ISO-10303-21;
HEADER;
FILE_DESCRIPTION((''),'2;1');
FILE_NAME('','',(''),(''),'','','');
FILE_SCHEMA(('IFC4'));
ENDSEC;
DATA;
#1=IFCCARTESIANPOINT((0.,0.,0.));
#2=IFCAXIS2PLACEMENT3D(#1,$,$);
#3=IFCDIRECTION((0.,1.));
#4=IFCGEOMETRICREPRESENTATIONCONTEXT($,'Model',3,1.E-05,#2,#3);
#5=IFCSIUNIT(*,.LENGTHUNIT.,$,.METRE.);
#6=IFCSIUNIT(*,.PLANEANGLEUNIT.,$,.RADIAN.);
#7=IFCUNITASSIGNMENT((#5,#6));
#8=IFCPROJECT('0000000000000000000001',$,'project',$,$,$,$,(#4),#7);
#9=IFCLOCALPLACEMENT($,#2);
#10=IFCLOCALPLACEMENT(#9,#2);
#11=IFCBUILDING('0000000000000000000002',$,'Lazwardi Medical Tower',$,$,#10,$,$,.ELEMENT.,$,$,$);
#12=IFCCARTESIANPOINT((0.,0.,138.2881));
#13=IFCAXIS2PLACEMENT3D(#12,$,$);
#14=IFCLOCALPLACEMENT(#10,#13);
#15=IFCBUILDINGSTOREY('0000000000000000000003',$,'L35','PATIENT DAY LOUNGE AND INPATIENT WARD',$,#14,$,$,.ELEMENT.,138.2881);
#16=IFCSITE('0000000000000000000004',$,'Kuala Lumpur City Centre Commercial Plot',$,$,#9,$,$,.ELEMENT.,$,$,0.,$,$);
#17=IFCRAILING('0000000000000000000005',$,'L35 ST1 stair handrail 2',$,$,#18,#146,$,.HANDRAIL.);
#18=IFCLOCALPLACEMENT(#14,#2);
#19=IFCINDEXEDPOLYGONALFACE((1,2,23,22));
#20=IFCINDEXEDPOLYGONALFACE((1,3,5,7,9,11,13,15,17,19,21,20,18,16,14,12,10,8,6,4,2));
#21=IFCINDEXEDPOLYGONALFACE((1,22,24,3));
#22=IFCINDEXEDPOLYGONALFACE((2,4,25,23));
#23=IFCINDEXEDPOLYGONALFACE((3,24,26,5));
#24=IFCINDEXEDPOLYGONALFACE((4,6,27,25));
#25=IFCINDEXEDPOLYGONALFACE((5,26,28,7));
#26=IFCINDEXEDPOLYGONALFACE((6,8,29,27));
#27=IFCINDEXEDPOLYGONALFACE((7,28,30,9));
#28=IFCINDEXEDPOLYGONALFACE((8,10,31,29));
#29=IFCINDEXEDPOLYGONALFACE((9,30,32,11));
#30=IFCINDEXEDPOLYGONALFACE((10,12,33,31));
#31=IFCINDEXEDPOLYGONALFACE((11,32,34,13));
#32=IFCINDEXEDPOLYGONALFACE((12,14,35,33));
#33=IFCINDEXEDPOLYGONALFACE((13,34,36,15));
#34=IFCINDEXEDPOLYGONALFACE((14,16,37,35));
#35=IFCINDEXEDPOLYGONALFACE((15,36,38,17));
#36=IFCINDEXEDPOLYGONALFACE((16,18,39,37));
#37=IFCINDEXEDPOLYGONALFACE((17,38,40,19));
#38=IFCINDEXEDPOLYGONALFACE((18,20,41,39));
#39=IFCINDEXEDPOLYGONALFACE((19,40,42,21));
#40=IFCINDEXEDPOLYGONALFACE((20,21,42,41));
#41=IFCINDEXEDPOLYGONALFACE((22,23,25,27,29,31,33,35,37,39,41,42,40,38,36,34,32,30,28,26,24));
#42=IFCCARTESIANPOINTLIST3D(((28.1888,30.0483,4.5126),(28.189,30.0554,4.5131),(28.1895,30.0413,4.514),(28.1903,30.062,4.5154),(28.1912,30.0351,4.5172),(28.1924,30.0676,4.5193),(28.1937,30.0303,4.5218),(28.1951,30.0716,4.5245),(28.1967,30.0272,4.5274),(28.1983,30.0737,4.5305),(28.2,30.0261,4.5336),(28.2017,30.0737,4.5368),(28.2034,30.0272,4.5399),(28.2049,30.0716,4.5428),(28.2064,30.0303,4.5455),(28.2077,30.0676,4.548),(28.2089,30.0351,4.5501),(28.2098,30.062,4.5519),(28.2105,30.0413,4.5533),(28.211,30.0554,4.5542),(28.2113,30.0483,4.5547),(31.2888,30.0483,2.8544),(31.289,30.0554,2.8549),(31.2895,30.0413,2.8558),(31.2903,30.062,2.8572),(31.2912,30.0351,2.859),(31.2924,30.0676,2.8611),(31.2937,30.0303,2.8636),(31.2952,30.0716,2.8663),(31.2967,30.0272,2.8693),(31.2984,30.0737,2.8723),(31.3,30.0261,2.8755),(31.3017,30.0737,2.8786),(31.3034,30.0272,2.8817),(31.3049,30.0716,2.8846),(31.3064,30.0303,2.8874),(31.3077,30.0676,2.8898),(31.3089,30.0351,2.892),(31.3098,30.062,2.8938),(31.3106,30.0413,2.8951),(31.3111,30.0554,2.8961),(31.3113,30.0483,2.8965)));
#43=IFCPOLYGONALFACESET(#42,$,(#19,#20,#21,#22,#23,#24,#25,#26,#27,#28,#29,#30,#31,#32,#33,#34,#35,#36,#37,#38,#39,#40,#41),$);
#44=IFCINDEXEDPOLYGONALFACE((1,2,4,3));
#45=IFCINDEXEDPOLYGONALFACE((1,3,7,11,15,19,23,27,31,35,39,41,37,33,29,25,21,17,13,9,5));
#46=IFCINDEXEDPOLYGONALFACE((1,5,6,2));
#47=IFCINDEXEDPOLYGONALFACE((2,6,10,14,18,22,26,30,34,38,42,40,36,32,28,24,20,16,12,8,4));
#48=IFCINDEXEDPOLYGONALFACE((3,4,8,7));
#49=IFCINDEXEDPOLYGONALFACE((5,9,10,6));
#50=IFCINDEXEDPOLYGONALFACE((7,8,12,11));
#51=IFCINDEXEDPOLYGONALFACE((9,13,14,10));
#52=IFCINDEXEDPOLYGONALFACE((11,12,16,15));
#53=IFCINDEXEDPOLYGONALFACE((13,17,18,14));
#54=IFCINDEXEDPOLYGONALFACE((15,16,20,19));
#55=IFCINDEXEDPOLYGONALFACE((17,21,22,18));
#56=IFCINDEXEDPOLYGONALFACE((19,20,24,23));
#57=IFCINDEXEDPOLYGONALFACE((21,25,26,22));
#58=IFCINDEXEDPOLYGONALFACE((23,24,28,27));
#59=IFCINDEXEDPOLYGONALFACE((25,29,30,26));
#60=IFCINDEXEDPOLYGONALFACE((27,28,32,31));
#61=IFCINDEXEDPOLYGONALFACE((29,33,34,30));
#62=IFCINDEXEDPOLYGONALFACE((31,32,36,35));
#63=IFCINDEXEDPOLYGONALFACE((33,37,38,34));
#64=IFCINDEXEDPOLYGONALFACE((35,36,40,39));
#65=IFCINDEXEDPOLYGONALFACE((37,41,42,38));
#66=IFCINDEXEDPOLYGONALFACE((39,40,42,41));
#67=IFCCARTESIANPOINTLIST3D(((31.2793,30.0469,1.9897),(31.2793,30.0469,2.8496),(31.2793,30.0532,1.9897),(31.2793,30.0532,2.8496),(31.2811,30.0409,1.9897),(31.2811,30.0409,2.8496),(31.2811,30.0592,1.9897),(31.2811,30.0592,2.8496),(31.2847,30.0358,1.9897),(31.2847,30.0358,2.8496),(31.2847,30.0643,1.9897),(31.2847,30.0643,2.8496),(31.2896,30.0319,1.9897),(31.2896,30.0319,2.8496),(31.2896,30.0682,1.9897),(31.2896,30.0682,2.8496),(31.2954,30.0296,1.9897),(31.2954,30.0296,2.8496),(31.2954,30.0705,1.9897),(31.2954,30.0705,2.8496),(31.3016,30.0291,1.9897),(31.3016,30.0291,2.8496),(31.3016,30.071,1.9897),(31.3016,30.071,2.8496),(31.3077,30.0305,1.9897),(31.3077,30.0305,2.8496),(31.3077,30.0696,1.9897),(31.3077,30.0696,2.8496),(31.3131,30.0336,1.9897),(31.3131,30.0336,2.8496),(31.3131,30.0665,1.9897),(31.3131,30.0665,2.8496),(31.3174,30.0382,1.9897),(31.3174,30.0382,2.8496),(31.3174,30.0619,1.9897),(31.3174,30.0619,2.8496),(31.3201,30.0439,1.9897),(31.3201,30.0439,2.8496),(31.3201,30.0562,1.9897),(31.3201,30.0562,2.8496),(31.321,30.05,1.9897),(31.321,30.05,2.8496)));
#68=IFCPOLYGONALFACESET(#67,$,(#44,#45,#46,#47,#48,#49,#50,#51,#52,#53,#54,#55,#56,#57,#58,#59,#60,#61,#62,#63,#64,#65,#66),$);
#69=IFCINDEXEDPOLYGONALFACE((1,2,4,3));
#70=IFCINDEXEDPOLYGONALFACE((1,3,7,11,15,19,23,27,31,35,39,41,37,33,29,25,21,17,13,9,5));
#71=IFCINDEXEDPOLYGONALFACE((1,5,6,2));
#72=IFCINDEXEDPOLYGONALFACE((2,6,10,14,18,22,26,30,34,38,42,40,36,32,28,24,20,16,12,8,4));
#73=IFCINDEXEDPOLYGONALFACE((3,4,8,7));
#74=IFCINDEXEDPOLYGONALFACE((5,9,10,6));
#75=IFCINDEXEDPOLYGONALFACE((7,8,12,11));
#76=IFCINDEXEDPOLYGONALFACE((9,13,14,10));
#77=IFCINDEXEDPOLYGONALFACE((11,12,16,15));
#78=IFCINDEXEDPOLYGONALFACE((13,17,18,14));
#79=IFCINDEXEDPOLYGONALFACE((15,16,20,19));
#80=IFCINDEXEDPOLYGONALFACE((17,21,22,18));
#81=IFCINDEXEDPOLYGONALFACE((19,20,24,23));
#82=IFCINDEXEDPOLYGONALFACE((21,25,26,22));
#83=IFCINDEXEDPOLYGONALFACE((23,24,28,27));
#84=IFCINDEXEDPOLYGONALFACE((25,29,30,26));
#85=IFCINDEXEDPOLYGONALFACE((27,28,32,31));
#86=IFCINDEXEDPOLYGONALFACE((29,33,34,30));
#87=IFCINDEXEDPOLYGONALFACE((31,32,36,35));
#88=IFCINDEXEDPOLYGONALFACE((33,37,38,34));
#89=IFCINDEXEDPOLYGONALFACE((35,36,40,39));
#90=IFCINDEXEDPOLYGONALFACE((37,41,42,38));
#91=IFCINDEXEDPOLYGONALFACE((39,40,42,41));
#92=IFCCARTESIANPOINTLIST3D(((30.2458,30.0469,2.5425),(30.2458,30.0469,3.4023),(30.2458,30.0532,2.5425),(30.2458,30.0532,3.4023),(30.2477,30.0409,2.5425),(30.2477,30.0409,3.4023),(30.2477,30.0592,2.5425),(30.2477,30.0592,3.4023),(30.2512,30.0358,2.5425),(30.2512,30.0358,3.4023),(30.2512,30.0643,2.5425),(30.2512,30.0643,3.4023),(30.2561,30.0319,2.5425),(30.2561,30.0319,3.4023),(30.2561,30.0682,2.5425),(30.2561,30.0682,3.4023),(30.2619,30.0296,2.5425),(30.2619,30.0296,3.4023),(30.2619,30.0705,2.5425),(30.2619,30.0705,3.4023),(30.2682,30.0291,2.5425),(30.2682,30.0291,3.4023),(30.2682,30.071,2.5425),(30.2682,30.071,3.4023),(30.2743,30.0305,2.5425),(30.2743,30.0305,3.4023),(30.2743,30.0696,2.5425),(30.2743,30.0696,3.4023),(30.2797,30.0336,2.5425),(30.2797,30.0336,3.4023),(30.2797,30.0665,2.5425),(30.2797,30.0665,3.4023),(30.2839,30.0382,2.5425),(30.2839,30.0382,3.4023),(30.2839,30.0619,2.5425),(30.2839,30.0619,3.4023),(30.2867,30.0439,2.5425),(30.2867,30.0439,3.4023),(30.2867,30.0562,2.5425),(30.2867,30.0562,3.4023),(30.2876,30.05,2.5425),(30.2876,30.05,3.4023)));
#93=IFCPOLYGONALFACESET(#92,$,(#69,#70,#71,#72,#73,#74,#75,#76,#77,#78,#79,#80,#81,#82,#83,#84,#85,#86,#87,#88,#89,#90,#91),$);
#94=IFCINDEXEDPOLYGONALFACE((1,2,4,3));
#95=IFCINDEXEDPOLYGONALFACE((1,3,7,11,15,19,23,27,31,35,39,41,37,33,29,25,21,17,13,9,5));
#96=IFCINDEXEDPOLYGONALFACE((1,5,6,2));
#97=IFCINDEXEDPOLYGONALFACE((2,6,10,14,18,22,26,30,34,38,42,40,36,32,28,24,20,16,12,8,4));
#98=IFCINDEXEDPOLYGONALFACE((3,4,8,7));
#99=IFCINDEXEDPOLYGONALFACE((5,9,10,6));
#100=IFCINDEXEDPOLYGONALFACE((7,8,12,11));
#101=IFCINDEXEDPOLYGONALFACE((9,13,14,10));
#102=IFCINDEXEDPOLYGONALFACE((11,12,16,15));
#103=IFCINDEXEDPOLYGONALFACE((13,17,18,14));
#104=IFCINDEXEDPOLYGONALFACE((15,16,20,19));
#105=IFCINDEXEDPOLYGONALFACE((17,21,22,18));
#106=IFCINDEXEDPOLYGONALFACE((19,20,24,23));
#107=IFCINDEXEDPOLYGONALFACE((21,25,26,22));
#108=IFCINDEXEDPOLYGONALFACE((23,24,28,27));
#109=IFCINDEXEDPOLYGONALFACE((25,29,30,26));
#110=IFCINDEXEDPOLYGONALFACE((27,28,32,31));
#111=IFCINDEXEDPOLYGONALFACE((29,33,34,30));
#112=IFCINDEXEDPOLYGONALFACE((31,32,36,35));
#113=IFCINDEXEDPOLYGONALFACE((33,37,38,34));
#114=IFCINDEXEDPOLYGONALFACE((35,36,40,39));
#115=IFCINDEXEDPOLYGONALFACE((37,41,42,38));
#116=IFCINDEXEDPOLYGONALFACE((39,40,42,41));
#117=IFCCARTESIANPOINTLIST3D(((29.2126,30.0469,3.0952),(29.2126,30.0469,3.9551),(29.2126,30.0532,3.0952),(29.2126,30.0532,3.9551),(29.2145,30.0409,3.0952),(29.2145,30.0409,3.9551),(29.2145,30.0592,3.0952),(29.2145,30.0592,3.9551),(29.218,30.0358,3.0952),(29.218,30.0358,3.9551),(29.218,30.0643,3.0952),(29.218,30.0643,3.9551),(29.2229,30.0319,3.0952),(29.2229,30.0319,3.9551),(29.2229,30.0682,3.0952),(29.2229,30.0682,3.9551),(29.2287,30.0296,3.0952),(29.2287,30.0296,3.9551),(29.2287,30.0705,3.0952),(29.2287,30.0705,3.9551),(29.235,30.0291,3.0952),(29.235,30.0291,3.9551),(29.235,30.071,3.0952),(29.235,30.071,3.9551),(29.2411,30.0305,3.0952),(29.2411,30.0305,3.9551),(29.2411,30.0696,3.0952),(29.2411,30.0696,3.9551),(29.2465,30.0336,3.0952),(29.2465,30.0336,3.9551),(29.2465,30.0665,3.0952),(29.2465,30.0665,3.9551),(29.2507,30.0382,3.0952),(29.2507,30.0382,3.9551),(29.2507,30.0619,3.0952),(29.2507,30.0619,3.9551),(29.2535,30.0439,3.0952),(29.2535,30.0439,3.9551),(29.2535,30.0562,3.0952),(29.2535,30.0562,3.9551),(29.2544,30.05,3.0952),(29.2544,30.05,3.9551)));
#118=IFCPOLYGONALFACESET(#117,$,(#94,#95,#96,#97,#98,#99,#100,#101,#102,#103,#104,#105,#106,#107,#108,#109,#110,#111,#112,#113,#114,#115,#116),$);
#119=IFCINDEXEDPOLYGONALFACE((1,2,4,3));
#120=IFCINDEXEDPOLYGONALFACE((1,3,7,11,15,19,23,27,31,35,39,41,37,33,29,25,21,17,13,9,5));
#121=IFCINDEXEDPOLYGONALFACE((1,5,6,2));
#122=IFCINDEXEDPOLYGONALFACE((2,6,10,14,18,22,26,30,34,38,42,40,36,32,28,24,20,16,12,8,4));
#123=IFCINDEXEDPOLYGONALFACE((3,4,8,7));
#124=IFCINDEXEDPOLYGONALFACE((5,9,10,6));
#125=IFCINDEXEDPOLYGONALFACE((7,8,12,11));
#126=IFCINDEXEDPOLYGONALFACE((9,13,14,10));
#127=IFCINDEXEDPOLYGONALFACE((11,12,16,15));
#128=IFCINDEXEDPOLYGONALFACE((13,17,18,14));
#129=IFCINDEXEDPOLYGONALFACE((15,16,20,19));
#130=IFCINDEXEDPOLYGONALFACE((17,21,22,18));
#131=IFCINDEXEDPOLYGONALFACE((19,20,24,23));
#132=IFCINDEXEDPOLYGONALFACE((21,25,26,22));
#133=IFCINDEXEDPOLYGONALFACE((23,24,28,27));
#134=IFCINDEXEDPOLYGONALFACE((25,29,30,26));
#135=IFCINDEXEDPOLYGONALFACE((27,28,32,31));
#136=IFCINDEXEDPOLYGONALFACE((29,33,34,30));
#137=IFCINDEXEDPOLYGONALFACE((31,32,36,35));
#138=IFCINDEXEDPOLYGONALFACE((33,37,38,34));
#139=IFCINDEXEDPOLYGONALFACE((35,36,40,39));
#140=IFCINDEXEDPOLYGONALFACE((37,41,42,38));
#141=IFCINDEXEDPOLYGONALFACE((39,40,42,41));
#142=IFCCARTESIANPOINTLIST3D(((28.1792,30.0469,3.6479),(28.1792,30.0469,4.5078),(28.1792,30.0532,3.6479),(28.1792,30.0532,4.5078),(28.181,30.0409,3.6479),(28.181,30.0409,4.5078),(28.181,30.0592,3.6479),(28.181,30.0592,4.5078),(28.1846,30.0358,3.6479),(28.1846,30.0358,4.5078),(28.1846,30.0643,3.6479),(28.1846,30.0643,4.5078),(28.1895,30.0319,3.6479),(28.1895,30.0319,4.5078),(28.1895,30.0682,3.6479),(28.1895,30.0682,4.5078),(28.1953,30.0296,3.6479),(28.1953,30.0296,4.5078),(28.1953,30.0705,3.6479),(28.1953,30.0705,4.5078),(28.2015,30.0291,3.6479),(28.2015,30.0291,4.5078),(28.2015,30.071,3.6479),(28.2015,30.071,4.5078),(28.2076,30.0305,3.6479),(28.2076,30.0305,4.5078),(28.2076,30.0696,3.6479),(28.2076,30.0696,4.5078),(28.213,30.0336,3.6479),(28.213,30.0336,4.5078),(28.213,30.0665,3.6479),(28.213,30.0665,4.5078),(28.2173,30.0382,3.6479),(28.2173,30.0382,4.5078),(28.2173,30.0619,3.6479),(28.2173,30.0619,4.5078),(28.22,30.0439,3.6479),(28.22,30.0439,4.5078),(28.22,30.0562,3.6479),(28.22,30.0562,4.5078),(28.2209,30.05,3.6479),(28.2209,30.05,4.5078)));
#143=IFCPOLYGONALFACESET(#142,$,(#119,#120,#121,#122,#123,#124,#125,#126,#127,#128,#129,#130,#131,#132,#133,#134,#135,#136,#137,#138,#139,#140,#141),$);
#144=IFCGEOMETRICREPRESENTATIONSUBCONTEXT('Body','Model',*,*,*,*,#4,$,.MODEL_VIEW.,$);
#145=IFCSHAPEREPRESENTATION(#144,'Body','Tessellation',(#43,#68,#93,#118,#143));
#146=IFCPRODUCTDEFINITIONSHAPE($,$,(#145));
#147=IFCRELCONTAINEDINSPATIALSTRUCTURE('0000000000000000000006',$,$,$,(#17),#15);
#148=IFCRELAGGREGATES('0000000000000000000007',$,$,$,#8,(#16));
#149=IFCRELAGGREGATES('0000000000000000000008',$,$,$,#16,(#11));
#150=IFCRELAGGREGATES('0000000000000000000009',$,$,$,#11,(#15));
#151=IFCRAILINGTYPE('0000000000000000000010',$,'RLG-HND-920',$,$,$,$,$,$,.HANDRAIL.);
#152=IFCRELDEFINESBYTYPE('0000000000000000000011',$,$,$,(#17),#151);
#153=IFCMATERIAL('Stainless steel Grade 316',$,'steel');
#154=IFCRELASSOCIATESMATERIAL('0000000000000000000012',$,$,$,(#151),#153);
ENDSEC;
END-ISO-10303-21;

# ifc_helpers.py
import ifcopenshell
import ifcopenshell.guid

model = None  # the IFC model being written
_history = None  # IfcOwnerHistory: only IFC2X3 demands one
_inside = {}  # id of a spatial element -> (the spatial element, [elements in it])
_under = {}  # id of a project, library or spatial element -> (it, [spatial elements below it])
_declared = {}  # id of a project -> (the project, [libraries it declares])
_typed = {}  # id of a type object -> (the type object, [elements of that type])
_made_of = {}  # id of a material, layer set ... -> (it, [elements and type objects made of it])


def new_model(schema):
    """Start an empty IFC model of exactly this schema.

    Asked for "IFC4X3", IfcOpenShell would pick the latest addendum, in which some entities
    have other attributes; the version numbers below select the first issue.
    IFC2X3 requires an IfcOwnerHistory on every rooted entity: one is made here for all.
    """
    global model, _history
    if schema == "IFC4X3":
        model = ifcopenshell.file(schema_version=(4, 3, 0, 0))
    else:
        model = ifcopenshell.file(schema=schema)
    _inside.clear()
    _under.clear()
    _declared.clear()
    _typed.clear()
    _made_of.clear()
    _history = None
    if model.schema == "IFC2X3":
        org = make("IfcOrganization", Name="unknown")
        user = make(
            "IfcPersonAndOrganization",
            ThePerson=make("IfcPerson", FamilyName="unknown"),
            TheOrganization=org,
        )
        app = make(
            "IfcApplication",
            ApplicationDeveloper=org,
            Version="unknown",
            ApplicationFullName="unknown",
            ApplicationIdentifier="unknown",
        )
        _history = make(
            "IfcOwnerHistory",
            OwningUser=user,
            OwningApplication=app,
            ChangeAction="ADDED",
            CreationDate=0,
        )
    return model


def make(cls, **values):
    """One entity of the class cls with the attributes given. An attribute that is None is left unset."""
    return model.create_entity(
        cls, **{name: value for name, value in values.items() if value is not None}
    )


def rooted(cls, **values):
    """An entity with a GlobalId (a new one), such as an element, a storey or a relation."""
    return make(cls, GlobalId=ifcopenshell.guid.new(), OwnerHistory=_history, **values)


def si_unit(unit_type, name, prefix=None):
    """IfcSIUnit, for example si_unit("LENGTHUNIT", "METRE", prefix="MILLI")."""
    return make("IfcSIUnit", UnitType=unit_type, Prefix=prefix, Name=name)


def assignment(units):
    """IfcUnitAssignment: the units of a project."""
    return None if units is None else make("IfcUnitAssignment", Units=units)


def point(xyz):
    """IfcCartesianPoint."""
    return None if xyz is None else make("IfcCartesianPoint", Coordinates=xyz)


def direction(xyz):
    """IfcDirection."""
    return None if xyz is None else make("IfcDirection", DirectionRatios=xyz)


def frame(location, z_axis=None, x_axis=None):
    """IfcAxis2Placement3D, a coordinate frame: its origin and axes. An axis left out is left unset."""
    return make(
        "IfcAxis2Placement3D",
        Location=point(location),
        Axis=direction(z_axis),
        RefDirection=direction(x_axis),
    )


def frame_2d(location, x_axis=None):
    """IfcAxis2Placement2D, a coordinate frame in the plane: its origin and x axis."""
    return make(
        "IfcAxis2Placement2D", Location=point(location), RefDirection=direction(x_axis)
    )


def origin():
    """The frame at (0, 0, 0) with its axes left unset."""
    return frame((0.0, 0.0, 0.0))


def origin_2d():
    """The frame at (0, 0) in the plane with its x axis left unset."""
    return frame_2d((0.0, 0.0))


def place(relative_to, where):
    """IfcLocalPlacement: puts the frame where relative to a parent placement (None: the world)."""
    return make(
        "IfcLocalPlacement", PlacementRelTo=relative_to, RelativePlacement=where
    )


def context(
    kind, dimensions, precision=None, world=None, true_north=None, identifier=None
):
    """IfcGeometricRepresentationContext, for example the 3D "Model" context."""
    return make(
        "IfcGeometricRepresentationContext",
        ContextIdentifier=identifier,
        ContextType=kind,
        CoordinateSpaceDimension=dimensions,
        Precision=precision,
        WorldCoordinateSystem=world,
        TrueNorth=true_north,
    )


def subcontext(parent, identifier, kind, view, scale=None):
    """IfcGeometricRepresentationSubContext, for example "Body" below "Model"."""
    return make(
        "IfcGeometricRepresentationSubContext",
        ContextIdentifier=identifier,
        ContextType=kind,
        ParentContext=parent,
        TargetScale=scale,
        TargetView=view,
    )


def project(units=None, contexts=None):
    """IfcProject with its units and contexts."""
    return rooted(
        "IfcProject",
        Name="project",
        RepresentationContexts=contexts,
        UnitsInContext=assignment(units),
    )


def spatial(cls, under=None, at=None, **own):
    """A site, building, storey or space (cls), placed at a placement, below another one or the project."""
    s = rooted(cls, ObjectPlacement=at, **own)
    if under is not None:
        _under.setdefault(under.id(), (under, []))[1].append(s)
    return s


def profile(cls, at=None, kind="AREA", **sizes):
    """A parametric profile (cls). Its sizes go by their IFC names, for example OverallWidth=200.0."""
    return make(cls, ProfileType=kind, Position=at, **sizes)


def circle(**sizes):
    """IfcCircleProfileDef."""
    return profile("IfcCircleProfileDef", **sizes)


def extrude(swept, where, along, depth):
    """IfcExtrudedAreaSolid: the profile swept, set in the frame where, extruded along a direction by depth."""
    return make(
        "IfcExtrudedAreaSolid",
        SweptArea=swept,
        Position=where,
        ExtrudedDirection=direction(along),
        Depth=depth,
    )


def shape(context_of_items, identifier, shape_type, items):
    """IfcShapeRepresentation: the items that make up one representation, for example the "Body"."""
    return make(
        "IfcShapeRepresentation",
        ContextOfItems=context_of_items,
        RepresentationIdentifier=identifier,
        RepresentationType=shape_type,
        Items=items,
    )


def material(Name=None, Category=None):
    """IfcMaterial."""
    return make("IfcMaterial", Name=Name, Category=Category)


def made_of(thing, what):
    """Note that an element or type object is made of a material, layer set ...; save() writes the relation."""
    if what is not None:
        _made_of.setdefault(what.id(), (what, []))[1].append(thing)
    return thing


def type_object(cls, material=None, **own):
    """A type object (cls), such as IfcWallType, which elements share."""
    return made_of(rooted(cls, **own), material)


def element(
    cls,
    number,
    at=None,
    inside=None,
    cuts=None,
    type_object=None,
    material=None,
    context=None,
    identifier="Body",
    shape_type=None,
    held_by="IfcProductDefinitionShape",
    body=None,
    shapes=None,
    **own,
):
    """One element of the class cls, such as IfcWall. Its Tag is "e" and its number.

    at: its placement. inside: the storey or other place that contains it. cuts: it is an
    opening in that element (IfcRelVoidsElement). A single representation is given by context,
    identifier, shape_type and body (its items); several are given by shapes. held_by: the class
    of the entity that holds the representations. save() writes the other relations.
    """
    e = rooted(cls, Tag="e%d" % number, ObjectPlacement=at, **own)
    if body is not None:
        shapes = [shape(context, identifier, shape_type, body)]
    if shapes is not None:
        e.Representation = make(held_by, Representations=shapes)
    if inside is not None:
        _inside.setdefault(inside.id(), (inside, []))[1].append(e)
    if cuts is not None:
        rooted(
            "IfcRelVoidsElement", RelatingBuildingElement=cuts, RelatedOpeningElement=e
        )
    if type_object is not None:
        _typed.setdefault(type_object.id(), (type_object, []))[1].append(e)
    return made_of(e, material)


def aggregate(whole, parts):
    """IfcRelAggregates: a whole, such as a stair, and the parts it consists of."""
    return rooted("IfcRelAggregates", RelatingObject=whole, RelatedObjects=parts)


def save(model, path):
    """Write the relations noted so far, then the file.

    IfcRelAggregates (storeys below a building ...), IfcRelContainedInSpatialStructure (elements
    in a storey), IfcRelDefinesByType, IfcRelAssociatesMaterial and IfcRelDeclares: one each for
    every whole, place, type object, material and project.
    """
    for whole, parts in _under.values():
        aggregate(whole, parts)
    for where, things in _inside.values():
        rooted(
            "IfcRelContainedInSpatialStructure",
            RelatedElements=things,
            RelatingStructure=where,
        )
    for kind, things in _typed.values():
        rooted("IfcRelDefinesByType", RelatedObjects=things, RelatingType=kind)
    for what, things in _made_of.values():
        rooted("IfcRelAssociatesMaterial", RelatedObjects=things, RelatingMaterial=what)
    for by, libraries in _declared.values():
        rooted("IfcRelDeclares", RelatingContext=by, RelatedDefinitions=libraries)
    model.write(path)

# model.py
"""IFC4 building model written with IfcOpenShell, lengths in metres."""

from ifc_helpers import new_model, si_unit, direction, frame, origin, origin_2d, place, context, subcontext, project, spatial, circle, extrude, material, type_object, element, save


model = new_model("IFC4")

# Units and contexts
model_context = context("Model", 3, precision=1e-05, world=origin(), true_north=direction((0.0, 1.0)))
body_context = subcontext(model_context, "Body", "Model", "MODEL_VIEW")
ifc_project = project(units=[si_unit("LENGTHUNIT", "METRE"), si_unit("PLANEANGLEUNIT", "RADIAN")], contexts=[model_context])

# Site, building, storey
site_placement = place(None, origin())
site = spatial("IfcSite", under=ifc_project, at=site_placement, Name="Kuala Lumpur City Centre Commercial Plot", CompositionType="ELEMENT", RefElevation=0.0)
building_placement = place(site_placement, origin())
building = spatial("IfcBuilding", under=site, at=building_placement, Name="Lazwardi Medical Tower", CompositionType="ELEMENT")
storey_placement = place(building_placement, frame((0.0, 0.0, 138.2881)))
storey = spatial("IfcBuildingStorey", under=building, at=storey_placement, Name="L35", Description="PATIENT DAY LOUNGE AND INPATIENT WARD", CompositionType="ELEMENT", Elevation=138.2881)

# Railing
ifc_material_1 = material(Name="Stainless steel Grade 316", Category="steel")
railing_type_1 = type_object("IfcRailingType", Name="RLG-HND-920", PredefinedType="HANDRAIL", material=ifc_material_1)
railing_1_placement = place(storey_placement, frame((31.3, 30.05, 1.9897)))
element("IfcRailing", 1, at=railing_1_placement, inside=storey, type_object=railing_type_1, Name="L35 ST1 stair handrail 2", PredefinedType="HANDRAIL", context=body_context, shape_type="SweptSolid", body=[
    extrude(circle(Radius=0.0239, at=origin_2d()), frame((0.0, 0.0, 0.8857), z_axis=(-0.881783, 0.0, 0.471655), x_axis=(0.0, -1.0, 0.0)), (0.0, 0.0, 1.0), 3.5156),
    extrude(circle(Radius=0.021, at=origin_2d()), origin(), (0.0, 0.0, 1.0), 0.8599),
    extrude(circle(Radius=0.021, at=origin_2d()), frame((-1.0334, 0.0, 0.5527)), (0.0, 0.0, 1.0), 0.8599),
    extrude(circle(Radius=0.021, at=origin_2d()), frame((-2.0667, 0.0, 1.1055)), (0.0, 0.0, 1.0), 0.8599),
    extrude(circle(Radius=0.021, at=origin_2d()), frame((-3.1001, 0.0, 1.6582)), (0.0, 0.0, 1.0), 0.8599),
])

save(model, "model.ifc")
